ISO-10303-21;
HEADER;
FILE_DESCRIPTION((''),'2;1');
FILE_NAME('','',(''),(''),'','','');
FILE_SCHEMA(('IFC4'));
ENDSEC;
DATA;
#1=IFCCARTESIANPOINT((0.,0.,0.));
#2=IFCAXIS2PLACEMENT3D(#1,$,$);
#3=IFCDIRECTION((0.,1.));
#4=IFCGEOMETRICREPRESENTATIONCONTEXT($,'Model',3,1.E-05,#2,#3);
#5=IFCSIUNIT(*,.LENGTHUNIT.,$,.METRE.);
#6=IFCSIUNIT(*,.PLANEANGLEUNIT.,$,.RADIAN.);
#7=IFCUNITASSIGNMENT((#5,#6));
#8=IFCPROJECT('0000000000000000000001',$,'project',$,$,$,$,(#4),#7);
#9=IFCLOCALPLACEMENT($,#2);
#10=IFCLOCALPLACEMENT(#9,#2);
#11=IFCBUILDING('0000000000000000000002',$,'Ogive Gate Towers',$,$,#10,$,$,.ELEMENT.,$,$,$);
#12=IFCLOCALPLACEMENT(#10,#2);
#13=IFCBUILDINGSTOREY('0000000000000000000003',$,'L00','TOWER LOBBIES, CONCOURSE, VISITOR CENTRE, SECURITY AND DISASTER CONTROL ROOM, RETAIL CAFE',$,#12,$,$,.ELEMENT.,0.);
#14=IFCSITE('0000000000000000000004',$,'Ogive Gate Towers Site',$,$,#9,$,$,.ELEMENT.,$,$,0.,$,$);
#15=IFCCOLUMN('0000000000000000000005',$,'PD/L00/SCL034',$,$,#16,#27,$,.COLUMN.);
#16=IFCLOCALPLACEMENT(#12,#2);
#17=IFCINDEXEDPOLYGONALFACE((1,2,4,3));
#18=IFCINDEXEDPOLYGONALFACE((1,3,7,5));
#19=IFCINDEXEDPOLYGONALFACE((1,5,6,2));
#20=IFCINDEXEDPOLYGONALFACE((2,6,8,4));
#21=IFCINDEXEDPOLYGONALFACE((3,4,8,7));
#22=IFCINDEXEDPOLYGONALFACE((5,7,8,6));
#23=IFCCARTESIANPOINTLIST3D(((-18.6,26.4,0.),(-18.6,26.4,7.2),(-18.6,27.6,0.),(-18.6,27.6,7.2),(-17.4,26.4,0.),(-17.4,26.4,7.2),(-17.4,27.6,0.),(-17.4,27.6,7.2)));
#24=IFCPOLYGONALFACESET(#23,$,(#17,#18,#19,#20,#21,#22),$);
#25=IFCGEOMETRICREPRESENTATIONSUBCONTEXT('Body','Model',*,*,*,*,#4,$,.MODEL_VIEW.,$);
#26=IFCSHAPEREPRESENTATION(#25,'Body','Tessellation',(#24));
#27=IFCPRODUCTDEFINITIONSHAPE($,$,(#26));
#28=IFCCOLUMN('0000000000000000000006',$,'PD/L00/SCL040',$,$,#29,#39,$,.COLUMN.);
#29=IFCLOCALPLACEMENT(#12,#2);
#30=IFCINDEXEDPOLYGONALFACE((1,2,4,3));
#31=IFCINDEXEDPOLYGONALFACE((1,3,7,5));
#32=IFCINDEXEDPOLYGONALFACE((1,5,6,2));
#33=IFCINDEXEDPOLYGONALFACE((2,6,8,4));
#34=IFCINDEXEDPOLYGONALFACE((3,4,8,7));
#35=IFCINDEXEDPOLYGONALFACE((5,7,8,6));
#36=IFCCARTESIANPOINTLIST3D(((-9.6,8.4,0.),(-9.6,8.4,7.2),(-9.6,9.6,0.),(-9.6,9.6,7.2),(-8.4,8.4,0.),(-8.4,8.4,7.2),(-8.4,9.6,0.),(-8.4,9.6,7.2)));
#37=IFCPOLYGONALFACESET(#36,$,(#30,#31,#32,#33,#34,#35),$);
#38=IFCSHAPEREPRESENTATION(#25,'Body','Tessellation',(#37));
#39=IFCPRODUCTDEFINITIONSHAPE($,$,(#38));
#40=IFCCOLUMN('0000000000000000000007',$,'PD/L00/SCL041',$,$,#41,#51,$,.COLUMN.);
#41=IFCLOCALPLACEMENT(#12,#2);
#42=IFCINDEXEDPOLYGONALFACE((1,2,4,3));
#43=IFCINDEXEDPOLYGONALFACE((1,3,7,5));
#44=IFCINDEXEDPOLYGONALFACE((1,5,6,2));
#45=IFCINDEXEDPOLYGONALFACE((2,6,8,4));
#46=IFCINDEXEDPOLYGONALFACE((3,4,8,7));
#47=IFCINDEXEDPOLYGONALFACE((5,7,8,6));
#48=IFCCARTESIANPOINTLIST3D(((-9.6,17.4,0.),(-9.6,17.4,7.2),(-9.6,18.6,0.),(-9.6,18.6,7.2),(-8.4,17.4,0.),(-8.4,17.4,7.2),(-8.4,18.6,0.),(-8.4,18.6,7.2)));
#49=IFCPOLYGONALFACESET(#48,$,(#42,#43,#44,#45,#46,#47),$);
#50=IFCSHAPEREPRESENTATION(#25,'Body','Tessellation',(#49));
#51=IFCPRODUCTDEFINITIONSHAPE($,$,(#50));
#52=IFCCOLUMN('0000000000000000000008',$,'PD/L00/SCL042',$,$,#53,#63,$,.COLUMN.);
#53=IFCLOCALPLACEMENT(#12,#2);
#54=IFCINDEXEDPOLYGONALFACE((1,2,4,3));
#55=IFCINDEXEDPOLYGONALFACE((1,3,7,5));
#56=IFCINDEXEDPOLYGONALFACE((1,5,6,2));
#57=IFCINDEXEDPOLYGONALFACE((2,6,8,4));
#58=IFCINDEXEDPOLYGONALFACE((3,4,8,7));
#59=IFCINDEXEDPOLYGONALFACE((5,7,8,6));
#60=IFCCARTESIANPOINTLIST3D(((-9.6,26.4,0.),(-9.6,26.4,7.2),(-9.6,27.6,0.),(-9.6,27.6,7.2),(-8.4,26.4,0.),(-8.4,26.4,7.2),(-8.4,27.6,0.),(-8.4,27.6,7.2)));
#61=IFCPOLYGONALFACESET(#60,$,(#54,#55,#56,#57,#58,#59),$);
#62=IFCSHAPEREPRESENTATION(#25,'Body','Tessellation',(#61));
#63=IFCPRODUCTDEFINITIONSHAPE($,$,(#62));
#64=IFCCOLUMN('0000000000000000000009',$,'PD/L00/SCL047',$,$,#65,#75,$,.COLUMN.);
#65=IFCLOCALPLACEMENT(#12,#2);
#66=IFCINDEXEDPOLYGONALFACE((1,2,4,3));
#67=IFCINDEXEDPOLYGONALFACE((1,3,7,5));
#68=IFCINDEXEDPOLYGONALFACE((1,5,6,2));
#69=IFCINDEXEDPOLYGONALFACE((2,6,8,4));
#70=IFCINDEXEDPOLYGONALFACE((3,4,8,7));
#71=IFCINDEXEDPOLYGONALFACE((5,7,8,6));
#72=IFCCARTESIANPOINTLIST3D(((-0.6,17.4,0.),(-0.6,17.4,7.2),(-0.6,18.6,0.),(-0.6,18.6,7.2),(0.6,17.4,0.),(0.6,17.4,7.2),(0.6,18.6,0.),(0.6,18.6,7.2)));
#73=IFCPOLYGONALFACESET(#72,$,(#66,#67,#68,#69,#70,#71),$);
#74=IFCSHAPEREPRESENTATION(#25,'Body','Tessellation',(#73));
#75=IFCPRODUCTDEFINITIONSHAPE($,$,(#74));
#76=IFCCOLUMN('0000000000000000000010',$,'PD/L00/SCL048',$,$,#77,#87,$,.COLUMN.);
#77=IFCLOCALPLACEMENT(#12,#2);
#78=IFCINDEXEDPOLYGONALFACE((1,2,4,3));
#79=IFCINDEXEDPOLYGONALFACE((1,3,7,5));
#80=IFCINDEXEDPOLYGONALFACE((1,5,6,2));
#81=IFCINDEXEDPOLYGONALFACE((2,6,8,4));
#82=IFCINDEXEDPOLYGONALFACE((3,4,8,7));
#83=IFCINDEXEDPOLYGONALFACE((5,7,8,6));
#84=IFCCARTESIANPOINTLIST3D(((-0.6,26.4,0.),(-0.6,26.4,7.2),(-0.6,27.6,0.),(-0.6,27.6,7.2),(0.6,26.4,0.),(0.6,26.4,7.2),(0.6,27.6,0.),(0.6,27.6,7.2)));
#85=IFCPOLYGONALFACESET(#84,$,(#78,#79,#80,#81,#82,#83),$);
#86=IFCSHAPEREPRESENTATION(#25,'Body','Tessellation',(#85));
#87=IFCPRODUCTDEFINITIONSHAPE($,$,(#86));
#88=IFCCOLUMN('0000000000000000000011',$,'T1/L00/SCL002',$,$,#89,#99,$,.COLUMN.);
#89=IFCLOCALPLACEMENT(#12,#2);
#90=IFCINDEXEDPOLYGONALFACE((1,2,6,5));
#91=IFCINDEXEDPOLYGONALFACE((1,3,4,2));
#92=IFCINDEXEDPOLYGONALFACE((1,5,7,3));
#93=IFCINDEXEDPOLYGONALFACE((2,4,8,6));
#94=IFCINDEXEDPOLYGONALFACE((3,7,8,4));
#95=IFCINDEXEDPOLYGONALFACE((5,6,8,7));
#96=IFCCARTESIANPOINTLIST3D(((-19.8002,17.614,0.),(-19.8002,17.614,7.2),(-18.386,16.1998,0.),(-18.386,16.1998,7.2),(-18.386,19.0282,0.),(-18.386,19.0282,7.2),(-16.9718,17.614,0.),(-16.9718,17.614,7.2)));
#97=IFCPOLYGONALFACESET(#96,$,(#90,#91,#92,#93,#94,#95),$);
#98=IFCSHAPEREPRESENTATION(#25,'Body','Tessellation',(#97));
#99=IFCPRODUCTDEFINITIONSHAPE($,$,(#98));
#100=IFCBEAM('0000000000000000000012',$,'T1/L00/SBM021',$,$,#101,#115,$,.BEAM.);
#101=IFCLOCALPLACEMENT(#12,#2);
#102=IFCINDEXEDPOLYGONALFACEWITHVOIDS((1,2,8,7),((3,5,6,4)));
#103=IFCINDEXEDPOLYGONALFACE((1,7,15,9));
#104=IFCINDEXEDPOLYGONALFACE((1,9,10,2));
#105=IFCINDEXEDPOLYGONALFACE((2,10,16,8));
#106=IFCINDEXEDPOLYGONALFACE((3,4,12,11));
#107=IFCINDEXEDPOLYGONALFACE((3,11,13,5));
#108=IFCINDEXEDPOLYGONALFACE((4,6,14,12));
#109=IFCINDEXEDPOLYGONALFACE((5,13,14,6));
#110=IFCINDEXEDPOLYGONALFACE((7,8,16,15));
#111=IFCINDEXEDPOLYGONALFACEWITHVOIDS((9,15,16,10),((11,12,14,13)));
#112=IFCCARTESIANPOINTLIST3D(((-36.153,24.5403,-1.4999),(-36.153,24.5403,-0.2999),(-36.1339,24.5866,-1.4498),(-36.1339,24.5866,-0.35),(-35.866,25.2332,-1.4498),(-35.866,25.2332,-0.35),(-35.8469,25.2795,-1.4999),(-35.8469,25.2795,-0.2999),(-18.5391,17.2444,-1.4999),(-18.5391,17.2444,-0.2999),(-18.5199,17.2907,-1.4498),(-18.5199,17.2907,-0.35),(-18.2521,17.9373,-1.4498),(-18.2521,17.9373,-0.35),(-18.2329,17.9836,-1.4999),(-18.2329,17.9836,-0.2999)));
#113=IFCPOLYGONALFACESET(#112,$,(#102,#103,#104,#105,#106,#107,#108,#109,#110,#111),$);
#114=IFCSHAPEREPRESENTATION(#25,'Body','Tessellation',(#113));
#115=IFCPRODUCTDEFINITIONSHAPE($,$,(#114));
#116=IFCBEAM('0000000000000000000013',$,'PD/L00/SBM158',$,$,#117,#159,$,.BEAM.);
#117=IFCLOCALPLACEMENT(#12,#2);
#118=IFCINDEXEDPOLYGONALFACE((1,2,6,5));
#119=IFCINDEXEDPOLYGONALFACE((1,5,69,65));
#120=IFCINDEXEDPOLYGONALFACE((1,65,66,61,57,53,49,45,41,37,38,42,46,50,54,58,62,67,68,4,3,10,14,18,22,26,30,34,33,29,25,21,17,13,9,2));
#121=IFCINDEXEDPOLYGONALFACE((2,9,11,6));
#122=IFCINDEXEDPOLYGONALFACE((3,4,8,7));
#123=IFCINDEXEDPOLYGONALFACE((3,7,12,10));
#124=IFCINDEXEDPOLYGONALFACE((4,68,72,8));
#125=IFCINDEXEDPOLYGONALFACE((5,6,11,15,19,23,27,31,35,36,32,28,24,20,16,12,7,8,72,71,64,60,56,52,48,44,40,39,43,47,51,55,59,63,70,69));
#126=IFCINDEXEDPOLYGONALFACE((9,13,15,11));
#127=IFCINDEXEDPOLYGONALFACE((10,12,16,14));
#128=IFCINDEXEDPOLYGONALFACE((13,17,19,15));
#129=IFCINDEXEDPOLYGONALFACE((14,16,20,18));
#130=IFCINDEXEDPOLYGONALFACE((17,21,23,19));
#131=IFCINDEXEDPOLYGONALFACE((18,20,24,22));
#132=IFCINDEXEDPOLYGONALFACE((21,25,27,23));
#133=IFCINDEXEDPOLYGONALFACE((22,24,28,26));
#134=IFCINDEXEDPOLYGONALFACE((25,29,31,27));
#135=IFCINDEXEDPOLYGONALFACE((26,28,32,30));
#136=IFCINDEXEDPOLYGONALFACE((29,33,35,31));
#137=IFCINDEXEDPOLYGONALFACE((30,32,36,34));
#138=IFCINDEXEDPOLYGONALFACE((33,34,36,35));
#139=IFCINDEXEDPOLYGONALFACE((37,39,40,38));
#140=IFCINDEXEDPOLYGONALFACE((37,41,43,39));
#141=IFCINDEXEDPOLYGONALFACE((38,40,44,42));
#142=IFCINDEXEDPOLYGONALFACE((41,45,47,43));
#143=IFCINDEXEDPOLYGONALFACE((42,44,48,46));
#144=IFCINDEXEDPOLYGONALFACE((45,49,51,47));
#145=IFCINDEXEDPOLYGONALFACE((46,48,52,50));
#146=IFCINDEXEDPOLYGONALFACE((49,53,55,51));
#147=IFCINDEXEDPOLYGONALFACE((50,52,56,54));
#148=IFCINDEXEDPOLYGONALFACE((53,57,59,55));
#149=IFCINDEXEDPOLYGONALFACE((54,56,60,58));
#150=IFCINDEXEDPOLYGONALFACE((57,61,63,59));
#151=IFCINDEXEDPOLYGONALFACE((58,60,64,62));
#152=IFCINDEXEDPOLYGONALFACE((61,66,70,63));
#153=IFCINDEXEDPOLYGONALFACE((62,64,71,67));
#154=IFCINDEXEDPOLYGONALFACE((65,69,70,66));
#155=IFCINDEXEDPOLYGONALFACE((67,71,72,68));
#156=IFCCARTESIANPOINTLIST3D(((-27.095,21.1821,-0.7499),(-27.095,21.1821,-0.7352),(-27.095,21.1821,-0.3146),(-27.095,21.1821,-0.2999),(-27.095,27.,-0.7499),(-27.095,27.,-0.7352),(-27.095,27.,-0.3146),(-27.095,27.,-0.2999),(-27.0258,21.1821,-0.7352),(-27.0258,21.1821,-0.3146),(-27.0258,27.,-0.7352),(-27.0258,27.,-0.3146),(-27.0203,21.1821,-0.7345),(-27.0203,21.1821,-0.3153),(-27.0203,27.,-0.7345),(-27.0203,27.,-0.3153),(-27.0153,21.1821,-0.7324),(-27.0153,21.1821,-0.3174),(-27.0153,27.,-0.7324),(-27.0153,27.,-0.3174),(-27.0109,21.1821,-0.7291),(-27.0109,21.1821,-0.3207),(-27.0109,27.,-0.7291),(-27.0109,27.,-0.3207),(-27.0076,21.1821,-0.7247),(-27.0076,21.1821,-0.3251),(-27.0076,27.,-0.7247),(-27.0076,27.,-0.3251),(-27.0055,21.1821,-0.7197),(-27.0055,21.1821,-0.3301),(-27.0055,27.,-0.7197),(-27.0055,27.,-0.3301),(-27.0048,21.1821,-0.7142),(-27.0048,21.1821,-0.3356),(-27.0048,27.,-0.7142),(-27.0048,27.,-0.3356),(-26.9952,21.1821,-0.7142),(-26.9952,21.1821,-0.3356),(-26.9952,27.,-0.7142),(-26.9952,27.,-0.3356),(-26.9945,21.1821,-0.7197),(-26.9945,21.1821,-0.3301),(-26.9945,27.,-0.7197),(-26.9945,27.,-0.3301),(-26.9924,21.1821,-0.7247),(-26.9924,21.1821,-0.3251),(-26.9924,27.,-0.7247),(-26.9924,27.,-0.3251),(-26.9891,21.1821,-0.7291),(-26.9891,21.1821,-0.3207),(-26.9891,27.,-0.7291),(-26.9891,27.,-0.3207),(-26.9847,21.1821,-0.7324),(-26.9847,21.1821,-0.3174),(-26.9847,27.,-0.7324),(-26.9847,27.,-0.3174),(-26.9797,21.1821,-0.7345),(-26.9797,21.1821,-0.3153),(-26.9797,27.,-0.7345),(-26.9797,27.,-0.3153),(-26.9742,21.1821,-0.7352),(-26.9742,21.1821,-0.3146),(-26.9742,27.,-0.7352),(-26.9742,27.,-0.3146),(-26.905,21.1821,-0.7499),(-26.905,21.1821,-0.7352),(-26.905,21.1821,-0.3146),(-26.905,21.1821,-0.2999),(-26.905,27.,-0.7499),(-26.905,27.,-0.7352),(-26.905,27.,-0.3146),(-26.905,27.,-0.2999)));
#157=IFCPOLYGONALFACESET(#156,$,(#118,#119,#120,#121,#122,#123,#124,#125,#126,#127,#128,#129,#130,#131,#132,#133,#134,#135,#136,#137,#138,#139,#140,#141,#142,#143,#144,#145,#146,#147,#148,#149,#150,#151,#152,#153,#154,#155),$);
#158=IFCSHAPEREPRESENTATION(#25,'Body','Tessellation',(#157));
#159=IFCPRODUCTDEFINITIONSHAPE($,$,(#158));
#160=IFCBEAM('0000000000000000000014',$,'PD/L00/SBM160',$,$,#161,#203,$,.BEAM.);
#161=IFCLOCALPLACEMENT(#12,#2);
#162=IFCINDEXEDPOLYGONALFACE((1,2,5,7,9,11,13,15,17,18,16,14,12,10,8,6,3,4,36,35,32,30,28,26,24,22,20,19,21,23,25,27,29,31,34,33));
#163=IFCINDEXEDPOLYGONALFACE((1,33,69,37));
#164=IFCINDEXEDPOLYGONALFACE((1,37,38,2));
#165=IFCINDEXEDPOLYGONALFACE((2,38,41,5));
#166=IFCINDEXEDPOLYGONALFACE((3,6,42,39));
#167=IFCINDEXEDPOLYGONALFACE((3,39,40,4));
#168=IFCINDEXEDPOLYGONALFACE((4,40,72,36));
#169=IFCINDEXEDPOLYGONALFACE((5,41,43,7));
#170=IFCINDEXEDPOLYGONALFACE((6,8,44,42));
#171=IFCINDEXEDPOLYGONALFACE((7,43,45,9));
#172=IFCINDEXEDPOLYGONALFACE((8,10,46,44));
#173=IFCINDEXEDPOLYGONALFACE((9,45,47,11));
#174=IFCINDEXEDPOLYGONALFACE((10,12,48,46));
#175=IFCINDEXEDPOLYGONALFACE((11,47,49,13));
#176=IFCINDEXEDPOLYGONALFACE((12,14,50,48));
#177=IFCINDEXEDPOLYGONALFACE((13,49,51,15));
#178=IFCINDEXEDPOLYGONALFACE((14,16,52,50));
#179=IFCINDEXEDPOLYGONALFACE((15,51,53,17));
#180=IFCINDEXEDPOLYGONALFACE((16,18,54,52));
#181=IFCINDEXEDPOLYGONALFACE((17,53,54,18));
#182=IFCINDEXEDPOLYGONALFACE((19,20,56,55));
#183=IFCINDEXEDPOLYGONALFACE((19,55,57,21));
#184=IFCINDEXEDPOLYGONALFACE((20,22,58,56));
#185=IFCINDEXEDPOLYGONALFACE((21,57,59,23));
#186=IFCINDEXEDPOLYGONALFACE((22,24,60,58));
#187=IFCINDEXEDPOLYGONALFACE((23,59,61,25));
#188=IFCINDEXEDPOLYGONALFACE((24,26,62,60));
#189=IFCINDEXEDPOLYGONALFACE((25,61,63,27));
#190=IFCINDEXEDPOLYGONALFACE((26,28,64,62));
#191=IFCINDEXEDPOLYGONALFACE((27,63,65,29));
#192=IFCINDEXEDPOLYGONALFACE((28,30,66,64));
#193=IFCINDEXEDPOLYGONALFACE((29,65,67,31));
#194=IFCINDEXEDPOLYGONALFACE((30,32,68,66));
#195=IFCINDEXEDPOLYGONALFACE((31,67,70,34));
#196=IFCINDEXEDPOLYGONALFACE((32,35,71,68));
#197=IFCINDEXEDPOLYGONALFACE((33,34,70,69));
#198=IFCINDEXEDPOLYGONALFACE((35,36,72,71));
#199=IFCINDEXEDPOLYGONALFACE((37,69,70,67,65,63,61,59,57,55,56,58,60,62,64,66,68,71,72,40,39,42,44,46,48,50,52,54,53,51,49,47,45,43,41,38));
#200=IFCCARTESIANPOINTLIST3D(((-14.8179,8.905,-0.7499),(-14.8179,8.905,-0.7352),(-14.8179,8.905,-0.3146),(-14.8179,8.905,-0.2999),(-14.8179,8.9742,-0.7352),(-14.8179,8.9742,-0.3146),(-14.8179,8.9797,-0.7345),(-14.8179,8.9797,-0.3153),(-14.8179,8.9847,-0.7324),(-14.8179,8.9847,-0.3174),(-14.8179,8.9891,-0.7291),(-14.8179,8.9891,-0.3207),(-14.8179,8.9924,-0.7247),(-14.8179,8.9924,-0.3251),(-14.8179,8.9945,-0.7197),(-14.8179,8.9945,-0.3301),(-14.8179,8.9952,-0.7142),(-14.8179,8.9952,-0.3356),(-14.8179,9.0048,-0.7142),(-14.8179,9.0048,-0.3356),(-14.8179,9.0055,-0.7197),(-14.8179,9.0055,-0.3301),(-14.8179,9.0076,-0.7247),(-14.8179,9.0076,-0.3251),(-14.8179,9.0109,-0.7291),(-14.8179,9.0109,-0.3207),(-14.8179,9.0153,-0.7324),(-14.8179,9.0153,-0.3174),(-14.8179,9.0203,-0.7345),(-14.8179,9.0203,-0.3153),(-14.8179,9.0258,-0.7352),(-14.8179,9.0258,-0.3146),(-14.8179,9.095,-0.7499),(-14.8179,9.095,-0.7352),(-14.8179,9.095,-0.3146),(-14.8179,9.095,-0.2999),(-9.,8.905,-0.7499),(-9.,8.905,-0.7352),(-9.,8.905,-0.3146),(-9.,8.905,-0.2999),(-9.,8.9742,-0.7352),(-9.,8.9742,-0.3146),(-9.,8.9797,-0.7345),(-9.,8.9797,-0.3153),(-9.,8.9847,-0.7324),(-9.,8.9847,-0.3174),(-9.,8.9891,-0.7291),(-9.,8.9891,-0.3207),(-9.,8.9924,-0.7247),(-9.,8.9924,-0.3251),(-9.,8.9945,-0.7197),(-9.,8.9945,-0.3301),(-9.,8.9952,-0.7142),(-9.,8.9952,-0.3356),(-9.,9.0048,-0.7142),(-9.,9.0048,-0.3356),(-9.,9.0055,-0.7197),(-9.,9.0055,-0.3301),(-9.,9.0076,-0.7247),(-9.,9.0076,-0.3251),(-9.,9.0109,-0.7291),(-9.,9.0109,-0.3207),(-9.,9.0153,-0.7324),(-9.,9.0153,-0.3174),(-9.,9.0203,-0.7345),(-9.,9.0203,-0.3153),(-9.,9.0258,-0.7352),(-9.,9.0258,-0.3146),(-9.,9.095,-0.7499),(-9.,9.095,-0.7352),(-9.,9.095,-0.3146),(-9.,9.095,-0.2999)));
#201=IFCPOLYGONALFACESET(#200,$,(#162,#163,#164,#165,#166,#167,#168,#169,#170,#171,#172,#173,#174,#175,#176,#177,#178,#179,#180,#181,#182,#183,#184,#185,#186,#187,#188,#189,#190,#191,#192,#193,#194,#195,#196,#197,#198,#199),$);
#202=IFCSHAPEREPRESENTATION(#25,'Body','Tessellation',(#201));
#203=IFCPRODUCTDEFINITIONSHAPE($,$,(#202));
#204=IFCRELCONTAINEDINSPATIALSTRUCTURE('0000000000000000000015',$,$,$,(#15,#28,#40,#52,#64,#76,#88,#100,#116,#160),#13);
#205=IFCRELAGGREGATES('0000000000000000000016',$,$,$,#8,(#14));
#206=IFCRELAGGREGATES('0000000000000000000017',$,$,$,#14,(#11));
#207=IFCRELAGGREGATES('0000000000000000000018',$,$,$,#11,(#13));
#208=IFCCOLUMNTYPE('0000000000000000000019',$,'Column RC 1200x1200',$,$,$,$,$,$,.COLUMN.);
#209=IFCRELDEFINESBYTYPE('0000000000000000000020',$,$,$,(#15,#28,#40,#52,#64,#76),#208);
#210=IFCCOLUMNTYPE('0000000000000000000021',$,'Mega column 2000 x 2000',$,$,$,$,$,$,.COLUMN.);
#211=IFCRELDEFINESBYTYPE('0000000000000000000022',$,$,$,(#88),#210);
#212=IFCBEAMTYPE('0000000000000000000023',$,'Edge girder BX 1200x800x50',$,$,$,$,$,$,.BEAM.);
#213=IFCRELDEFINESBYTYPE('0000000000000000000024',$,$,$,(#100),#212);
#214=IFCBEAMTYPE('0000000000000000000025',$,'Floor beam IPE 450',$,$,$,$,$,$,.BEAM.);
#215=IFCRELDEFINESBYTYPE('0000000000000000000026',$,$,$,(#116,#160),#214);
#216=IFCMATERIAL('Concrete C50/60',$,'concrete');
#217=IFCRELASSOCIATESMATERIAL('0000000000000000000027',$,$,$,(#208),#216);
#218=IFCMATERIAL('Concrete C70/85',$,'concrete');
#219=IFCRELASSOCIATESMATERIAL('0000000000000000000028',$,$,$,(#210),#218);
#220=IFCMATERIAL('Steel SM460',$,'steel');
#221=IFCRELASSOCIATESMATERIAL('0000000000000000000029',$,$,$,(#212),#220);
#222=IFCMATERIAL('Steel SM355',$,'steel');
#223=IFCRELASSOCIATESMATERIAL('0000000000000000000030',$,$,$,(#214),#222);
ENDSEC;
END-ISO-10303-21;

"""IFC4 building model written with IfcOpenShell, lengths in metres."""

from ifc_helpers import new_model, si_unit, direction, frame, origin, origin_2d, place, context, subcontext, project, spatial, rectangle, hollow_rectangle, i_section, extrude, material, material_profile, profile_set, type_object, element, save


model = new_model("IFC4")

# Units and contexts
model_context = context("Model", 3, precision=1e-05, world=origin(), true_north=direction((0.0, 1.0)))
body_context = subcontext(model_context, "Body", "Model", "MODEL_VIEW")
ifc_project = project(units=[si_unit("LENGTHUNIT", "METRE"), si_unit("PLANEANGLEUNIT", "RADIAN")], contexts=[model_context])

# Site, building, storey
site_placement = place(None, origin())
site = spatial("IfcSite", under=ifc_project, at=site_placement, Name="Ogive Gate Towers Site", CompositionType="ELEMENT", RefElevation=0.0)
building_placement = place(site_placement, origin())
building = spatial("IfcBuilding", under=site, at=building_placement, Name="Ogive Gate Towers", CompositionType="ELEMENT")
storey_placement = place(building_placement, origin())
storey = spatial("IfcBuildingStorey", under=building, at=storey_placement, Name="L00", Description="TOWER LOBBIES, CONCOURSE, VISITOR CENTRE, SECURITY AND DISASTER CONTROL ROOM, RETAIL CAFE", CompositionType="ELEMENT", Elevation=0.0)

# Columns
ifc_material_1 = material(Name="Concrete C50/60", Category="concrete")
ifc_material_profile_1 = material_profile(ifc_material_1, rectangle(XDim=1.2, YDim=1.2, at=origin_2d()), Name="RC 1200x1200")
ifc_profile_set_1 = profile_set([ifc_material_profile_1], Name="Concrete C50/60")
column_type_1 = type_object("IfcColumnType", Name="Column RC 1200x1200", PredefinedType="COLUMN", material=ifc_profile_set_1)
for number, where, z_axis, x_axis, name in (
    (1, (-18.0, 27.0, 0.0), (0.0, 0.0, 1.0), (1.0, 0.0, 0.0), "PD/L00/SCL034"),
    (2, (-9.0, 9.0, 0.0), (0.0, 0.0, 1.0), (1.0, 0.0, 0.0), "PD/L00/SCL040"),
    (3, (-9.0, 18.0, 0.0), (0.0, 0.0, 1.0), (1.0, 0.0, 0.0), "PD/L00/SCL041"),
    (4, (-9.0, 27.0, 0.0), (0.0, 0.0, 1.0), (1.0, 0.0, 0.0), "PD/L00/SCL042"),
    (5, (0.0, 18.0, 0.0), (0.0, 0.0, 1.0), (1.0, 0.0, 0.0), "PD/L00/SCL047"),
    (6, (0.0, 27.0, 0.0), (0.0, 0.0, 1.0), (1.0, 0.0, 0.0), "PD/L00/SCL048"),
):
    element("IfcColumn", number, at=place(storey_placement, frame(where, z_axis=z_axis, x_axis=x_axis)), inside=storey, type_object=column_type_1, Name=name, PredefinedType="COLUMN", context=body_context, shape_type="SweptSolid", body=[
        extrude(rectangle(XDim=1.2, YDim=1.2, at=origin_2d()), origin(), (0.0, 0.0, 1.0), 7.2),
    ])
ifc_material_2 = material(Name="Concrete C70/85", Category="concrete")
ifc_material_profile_2 = material_profile(ifc_material_2, rectangle(XDim=2.0, YDim=2.0, at=origin_2d()), Name="RC 2000x2000")
ifc_profile_set_2 = profile_set([ifc_material_profile_2], Name="Concrete C70/85")
column_type_2 = type_object("IfcColumnType", Name="Mega column 2000 x 2000", PredefinedType="COLUMN", material=ifc_profile_set_2)
column_placement = place(storey_placement, frame((-18.386, 17.614, 0.0), z_axis=(0.0, 0.0, 1.0), x_axis=(0.707107, 0.707107, 0.0)))
element("IfcColumn", 7, at=column_placement, inside=storey, type_object=column_type_2, Name="T1/L00/SCL002", PredefinedType="COLUMN", context=body_context, shape_type="SweptSolid", body=[
    extrude(rectangle(XDim=2.0, YDim=2.0, at=origin_2d()), origin(), (0.0, 0.0, 1.0), 7.2),
])

# Beams
ifc_material_3 = material(Name="Steel SM460", Category="steel")
ifc_material_profile_3 = material_profile(ifc_material_3, hollow_rectangle(XDim=0.8, YDim=1.2, WallThickness=0.05, at=origin_2d()), Name="BX 1200x800x50")
ifc_profile_set_3 = profile_set([ifc_material_profile_3], Name="Steel SM460")
beam_type_1 = type_object("IfcBeamType", Name="Edge girder BX 1200x800x50", PredefinedType="BEAM", material=ifc_profile_set_3)
beam_1_placement = place(storey_placement, frame((-18.386, 17.614, -0.8999), z_axis=(-0.923881, 0.382681, 0.0), x_axis=(-0.382681, -0.923881, 0.0)))
element("IfcBeam", 8, at=beam_1_placement, inside=storey, type_object=beam_type_1, Name="T1/L00/SBM021", PredefinedType="BEAM", context=body_context, shape_type="SweptSolid", body=[
    extrude(hollow_rectangle(XDim=0.8, YDim=1.2, WallThickness=0.05, at=origin_2d()), origin(), (0.0, 0.0, 1.0), 19.0652),
])
ifc_material_4 = material(Name="Steel SM355", Category="steel")
ifc_material_profile_4 = material_profile(ifc_material_4, i_section(OverallWidth=0.1899, OverallDepth=0.45, WebThickness=0.0095, FlangeThickness=0.0146, FilletRadius=0.021, at=origin_2d()), Name="IPE 450")
ifc_profile_set_4 = profile_set([ifc_material_profile_4], Name="Steel SM355")
beam_type_2 = type_object("IfcBeamType", Name="Floor beam IPE 450", PredefinedType="BEAM", material=ifc_profile_set_4)
for number, where, z_axis, x_axis, name in (
    (9, (-27.0, 27.0, -0.5249), (0.0, -1.0, 0.0), (1.0, 0.0, 0.0), "PD/L00/SBM158"),
    (10, (-9.0, 9.0, -0.5249), (-1.0, 0.0, 0.0), (0.0, -1.0, 0.0), "PD/L00/SBM160"),
):
    element("IfcBeam", number, at=place(storey_placement, frame(where, z_axis=z_axis, x_axis=x_axis)), inside=storey, type_object=beam_type_2, Name=name, PredefinedType="BEAM", context=body_context, shape_type="SweptSolid", body=[
        extrude(i_section(OverallWidth=0.1899, OverallDepth=0.45, WebThickness=0.0095, FlangeThickness=0.0146, FilletRadius=0.021, at=origin_2d()), origin(), (0.0, 0.0, 1.0), 5.8179),
    ])

save(model, "model.ifc")
